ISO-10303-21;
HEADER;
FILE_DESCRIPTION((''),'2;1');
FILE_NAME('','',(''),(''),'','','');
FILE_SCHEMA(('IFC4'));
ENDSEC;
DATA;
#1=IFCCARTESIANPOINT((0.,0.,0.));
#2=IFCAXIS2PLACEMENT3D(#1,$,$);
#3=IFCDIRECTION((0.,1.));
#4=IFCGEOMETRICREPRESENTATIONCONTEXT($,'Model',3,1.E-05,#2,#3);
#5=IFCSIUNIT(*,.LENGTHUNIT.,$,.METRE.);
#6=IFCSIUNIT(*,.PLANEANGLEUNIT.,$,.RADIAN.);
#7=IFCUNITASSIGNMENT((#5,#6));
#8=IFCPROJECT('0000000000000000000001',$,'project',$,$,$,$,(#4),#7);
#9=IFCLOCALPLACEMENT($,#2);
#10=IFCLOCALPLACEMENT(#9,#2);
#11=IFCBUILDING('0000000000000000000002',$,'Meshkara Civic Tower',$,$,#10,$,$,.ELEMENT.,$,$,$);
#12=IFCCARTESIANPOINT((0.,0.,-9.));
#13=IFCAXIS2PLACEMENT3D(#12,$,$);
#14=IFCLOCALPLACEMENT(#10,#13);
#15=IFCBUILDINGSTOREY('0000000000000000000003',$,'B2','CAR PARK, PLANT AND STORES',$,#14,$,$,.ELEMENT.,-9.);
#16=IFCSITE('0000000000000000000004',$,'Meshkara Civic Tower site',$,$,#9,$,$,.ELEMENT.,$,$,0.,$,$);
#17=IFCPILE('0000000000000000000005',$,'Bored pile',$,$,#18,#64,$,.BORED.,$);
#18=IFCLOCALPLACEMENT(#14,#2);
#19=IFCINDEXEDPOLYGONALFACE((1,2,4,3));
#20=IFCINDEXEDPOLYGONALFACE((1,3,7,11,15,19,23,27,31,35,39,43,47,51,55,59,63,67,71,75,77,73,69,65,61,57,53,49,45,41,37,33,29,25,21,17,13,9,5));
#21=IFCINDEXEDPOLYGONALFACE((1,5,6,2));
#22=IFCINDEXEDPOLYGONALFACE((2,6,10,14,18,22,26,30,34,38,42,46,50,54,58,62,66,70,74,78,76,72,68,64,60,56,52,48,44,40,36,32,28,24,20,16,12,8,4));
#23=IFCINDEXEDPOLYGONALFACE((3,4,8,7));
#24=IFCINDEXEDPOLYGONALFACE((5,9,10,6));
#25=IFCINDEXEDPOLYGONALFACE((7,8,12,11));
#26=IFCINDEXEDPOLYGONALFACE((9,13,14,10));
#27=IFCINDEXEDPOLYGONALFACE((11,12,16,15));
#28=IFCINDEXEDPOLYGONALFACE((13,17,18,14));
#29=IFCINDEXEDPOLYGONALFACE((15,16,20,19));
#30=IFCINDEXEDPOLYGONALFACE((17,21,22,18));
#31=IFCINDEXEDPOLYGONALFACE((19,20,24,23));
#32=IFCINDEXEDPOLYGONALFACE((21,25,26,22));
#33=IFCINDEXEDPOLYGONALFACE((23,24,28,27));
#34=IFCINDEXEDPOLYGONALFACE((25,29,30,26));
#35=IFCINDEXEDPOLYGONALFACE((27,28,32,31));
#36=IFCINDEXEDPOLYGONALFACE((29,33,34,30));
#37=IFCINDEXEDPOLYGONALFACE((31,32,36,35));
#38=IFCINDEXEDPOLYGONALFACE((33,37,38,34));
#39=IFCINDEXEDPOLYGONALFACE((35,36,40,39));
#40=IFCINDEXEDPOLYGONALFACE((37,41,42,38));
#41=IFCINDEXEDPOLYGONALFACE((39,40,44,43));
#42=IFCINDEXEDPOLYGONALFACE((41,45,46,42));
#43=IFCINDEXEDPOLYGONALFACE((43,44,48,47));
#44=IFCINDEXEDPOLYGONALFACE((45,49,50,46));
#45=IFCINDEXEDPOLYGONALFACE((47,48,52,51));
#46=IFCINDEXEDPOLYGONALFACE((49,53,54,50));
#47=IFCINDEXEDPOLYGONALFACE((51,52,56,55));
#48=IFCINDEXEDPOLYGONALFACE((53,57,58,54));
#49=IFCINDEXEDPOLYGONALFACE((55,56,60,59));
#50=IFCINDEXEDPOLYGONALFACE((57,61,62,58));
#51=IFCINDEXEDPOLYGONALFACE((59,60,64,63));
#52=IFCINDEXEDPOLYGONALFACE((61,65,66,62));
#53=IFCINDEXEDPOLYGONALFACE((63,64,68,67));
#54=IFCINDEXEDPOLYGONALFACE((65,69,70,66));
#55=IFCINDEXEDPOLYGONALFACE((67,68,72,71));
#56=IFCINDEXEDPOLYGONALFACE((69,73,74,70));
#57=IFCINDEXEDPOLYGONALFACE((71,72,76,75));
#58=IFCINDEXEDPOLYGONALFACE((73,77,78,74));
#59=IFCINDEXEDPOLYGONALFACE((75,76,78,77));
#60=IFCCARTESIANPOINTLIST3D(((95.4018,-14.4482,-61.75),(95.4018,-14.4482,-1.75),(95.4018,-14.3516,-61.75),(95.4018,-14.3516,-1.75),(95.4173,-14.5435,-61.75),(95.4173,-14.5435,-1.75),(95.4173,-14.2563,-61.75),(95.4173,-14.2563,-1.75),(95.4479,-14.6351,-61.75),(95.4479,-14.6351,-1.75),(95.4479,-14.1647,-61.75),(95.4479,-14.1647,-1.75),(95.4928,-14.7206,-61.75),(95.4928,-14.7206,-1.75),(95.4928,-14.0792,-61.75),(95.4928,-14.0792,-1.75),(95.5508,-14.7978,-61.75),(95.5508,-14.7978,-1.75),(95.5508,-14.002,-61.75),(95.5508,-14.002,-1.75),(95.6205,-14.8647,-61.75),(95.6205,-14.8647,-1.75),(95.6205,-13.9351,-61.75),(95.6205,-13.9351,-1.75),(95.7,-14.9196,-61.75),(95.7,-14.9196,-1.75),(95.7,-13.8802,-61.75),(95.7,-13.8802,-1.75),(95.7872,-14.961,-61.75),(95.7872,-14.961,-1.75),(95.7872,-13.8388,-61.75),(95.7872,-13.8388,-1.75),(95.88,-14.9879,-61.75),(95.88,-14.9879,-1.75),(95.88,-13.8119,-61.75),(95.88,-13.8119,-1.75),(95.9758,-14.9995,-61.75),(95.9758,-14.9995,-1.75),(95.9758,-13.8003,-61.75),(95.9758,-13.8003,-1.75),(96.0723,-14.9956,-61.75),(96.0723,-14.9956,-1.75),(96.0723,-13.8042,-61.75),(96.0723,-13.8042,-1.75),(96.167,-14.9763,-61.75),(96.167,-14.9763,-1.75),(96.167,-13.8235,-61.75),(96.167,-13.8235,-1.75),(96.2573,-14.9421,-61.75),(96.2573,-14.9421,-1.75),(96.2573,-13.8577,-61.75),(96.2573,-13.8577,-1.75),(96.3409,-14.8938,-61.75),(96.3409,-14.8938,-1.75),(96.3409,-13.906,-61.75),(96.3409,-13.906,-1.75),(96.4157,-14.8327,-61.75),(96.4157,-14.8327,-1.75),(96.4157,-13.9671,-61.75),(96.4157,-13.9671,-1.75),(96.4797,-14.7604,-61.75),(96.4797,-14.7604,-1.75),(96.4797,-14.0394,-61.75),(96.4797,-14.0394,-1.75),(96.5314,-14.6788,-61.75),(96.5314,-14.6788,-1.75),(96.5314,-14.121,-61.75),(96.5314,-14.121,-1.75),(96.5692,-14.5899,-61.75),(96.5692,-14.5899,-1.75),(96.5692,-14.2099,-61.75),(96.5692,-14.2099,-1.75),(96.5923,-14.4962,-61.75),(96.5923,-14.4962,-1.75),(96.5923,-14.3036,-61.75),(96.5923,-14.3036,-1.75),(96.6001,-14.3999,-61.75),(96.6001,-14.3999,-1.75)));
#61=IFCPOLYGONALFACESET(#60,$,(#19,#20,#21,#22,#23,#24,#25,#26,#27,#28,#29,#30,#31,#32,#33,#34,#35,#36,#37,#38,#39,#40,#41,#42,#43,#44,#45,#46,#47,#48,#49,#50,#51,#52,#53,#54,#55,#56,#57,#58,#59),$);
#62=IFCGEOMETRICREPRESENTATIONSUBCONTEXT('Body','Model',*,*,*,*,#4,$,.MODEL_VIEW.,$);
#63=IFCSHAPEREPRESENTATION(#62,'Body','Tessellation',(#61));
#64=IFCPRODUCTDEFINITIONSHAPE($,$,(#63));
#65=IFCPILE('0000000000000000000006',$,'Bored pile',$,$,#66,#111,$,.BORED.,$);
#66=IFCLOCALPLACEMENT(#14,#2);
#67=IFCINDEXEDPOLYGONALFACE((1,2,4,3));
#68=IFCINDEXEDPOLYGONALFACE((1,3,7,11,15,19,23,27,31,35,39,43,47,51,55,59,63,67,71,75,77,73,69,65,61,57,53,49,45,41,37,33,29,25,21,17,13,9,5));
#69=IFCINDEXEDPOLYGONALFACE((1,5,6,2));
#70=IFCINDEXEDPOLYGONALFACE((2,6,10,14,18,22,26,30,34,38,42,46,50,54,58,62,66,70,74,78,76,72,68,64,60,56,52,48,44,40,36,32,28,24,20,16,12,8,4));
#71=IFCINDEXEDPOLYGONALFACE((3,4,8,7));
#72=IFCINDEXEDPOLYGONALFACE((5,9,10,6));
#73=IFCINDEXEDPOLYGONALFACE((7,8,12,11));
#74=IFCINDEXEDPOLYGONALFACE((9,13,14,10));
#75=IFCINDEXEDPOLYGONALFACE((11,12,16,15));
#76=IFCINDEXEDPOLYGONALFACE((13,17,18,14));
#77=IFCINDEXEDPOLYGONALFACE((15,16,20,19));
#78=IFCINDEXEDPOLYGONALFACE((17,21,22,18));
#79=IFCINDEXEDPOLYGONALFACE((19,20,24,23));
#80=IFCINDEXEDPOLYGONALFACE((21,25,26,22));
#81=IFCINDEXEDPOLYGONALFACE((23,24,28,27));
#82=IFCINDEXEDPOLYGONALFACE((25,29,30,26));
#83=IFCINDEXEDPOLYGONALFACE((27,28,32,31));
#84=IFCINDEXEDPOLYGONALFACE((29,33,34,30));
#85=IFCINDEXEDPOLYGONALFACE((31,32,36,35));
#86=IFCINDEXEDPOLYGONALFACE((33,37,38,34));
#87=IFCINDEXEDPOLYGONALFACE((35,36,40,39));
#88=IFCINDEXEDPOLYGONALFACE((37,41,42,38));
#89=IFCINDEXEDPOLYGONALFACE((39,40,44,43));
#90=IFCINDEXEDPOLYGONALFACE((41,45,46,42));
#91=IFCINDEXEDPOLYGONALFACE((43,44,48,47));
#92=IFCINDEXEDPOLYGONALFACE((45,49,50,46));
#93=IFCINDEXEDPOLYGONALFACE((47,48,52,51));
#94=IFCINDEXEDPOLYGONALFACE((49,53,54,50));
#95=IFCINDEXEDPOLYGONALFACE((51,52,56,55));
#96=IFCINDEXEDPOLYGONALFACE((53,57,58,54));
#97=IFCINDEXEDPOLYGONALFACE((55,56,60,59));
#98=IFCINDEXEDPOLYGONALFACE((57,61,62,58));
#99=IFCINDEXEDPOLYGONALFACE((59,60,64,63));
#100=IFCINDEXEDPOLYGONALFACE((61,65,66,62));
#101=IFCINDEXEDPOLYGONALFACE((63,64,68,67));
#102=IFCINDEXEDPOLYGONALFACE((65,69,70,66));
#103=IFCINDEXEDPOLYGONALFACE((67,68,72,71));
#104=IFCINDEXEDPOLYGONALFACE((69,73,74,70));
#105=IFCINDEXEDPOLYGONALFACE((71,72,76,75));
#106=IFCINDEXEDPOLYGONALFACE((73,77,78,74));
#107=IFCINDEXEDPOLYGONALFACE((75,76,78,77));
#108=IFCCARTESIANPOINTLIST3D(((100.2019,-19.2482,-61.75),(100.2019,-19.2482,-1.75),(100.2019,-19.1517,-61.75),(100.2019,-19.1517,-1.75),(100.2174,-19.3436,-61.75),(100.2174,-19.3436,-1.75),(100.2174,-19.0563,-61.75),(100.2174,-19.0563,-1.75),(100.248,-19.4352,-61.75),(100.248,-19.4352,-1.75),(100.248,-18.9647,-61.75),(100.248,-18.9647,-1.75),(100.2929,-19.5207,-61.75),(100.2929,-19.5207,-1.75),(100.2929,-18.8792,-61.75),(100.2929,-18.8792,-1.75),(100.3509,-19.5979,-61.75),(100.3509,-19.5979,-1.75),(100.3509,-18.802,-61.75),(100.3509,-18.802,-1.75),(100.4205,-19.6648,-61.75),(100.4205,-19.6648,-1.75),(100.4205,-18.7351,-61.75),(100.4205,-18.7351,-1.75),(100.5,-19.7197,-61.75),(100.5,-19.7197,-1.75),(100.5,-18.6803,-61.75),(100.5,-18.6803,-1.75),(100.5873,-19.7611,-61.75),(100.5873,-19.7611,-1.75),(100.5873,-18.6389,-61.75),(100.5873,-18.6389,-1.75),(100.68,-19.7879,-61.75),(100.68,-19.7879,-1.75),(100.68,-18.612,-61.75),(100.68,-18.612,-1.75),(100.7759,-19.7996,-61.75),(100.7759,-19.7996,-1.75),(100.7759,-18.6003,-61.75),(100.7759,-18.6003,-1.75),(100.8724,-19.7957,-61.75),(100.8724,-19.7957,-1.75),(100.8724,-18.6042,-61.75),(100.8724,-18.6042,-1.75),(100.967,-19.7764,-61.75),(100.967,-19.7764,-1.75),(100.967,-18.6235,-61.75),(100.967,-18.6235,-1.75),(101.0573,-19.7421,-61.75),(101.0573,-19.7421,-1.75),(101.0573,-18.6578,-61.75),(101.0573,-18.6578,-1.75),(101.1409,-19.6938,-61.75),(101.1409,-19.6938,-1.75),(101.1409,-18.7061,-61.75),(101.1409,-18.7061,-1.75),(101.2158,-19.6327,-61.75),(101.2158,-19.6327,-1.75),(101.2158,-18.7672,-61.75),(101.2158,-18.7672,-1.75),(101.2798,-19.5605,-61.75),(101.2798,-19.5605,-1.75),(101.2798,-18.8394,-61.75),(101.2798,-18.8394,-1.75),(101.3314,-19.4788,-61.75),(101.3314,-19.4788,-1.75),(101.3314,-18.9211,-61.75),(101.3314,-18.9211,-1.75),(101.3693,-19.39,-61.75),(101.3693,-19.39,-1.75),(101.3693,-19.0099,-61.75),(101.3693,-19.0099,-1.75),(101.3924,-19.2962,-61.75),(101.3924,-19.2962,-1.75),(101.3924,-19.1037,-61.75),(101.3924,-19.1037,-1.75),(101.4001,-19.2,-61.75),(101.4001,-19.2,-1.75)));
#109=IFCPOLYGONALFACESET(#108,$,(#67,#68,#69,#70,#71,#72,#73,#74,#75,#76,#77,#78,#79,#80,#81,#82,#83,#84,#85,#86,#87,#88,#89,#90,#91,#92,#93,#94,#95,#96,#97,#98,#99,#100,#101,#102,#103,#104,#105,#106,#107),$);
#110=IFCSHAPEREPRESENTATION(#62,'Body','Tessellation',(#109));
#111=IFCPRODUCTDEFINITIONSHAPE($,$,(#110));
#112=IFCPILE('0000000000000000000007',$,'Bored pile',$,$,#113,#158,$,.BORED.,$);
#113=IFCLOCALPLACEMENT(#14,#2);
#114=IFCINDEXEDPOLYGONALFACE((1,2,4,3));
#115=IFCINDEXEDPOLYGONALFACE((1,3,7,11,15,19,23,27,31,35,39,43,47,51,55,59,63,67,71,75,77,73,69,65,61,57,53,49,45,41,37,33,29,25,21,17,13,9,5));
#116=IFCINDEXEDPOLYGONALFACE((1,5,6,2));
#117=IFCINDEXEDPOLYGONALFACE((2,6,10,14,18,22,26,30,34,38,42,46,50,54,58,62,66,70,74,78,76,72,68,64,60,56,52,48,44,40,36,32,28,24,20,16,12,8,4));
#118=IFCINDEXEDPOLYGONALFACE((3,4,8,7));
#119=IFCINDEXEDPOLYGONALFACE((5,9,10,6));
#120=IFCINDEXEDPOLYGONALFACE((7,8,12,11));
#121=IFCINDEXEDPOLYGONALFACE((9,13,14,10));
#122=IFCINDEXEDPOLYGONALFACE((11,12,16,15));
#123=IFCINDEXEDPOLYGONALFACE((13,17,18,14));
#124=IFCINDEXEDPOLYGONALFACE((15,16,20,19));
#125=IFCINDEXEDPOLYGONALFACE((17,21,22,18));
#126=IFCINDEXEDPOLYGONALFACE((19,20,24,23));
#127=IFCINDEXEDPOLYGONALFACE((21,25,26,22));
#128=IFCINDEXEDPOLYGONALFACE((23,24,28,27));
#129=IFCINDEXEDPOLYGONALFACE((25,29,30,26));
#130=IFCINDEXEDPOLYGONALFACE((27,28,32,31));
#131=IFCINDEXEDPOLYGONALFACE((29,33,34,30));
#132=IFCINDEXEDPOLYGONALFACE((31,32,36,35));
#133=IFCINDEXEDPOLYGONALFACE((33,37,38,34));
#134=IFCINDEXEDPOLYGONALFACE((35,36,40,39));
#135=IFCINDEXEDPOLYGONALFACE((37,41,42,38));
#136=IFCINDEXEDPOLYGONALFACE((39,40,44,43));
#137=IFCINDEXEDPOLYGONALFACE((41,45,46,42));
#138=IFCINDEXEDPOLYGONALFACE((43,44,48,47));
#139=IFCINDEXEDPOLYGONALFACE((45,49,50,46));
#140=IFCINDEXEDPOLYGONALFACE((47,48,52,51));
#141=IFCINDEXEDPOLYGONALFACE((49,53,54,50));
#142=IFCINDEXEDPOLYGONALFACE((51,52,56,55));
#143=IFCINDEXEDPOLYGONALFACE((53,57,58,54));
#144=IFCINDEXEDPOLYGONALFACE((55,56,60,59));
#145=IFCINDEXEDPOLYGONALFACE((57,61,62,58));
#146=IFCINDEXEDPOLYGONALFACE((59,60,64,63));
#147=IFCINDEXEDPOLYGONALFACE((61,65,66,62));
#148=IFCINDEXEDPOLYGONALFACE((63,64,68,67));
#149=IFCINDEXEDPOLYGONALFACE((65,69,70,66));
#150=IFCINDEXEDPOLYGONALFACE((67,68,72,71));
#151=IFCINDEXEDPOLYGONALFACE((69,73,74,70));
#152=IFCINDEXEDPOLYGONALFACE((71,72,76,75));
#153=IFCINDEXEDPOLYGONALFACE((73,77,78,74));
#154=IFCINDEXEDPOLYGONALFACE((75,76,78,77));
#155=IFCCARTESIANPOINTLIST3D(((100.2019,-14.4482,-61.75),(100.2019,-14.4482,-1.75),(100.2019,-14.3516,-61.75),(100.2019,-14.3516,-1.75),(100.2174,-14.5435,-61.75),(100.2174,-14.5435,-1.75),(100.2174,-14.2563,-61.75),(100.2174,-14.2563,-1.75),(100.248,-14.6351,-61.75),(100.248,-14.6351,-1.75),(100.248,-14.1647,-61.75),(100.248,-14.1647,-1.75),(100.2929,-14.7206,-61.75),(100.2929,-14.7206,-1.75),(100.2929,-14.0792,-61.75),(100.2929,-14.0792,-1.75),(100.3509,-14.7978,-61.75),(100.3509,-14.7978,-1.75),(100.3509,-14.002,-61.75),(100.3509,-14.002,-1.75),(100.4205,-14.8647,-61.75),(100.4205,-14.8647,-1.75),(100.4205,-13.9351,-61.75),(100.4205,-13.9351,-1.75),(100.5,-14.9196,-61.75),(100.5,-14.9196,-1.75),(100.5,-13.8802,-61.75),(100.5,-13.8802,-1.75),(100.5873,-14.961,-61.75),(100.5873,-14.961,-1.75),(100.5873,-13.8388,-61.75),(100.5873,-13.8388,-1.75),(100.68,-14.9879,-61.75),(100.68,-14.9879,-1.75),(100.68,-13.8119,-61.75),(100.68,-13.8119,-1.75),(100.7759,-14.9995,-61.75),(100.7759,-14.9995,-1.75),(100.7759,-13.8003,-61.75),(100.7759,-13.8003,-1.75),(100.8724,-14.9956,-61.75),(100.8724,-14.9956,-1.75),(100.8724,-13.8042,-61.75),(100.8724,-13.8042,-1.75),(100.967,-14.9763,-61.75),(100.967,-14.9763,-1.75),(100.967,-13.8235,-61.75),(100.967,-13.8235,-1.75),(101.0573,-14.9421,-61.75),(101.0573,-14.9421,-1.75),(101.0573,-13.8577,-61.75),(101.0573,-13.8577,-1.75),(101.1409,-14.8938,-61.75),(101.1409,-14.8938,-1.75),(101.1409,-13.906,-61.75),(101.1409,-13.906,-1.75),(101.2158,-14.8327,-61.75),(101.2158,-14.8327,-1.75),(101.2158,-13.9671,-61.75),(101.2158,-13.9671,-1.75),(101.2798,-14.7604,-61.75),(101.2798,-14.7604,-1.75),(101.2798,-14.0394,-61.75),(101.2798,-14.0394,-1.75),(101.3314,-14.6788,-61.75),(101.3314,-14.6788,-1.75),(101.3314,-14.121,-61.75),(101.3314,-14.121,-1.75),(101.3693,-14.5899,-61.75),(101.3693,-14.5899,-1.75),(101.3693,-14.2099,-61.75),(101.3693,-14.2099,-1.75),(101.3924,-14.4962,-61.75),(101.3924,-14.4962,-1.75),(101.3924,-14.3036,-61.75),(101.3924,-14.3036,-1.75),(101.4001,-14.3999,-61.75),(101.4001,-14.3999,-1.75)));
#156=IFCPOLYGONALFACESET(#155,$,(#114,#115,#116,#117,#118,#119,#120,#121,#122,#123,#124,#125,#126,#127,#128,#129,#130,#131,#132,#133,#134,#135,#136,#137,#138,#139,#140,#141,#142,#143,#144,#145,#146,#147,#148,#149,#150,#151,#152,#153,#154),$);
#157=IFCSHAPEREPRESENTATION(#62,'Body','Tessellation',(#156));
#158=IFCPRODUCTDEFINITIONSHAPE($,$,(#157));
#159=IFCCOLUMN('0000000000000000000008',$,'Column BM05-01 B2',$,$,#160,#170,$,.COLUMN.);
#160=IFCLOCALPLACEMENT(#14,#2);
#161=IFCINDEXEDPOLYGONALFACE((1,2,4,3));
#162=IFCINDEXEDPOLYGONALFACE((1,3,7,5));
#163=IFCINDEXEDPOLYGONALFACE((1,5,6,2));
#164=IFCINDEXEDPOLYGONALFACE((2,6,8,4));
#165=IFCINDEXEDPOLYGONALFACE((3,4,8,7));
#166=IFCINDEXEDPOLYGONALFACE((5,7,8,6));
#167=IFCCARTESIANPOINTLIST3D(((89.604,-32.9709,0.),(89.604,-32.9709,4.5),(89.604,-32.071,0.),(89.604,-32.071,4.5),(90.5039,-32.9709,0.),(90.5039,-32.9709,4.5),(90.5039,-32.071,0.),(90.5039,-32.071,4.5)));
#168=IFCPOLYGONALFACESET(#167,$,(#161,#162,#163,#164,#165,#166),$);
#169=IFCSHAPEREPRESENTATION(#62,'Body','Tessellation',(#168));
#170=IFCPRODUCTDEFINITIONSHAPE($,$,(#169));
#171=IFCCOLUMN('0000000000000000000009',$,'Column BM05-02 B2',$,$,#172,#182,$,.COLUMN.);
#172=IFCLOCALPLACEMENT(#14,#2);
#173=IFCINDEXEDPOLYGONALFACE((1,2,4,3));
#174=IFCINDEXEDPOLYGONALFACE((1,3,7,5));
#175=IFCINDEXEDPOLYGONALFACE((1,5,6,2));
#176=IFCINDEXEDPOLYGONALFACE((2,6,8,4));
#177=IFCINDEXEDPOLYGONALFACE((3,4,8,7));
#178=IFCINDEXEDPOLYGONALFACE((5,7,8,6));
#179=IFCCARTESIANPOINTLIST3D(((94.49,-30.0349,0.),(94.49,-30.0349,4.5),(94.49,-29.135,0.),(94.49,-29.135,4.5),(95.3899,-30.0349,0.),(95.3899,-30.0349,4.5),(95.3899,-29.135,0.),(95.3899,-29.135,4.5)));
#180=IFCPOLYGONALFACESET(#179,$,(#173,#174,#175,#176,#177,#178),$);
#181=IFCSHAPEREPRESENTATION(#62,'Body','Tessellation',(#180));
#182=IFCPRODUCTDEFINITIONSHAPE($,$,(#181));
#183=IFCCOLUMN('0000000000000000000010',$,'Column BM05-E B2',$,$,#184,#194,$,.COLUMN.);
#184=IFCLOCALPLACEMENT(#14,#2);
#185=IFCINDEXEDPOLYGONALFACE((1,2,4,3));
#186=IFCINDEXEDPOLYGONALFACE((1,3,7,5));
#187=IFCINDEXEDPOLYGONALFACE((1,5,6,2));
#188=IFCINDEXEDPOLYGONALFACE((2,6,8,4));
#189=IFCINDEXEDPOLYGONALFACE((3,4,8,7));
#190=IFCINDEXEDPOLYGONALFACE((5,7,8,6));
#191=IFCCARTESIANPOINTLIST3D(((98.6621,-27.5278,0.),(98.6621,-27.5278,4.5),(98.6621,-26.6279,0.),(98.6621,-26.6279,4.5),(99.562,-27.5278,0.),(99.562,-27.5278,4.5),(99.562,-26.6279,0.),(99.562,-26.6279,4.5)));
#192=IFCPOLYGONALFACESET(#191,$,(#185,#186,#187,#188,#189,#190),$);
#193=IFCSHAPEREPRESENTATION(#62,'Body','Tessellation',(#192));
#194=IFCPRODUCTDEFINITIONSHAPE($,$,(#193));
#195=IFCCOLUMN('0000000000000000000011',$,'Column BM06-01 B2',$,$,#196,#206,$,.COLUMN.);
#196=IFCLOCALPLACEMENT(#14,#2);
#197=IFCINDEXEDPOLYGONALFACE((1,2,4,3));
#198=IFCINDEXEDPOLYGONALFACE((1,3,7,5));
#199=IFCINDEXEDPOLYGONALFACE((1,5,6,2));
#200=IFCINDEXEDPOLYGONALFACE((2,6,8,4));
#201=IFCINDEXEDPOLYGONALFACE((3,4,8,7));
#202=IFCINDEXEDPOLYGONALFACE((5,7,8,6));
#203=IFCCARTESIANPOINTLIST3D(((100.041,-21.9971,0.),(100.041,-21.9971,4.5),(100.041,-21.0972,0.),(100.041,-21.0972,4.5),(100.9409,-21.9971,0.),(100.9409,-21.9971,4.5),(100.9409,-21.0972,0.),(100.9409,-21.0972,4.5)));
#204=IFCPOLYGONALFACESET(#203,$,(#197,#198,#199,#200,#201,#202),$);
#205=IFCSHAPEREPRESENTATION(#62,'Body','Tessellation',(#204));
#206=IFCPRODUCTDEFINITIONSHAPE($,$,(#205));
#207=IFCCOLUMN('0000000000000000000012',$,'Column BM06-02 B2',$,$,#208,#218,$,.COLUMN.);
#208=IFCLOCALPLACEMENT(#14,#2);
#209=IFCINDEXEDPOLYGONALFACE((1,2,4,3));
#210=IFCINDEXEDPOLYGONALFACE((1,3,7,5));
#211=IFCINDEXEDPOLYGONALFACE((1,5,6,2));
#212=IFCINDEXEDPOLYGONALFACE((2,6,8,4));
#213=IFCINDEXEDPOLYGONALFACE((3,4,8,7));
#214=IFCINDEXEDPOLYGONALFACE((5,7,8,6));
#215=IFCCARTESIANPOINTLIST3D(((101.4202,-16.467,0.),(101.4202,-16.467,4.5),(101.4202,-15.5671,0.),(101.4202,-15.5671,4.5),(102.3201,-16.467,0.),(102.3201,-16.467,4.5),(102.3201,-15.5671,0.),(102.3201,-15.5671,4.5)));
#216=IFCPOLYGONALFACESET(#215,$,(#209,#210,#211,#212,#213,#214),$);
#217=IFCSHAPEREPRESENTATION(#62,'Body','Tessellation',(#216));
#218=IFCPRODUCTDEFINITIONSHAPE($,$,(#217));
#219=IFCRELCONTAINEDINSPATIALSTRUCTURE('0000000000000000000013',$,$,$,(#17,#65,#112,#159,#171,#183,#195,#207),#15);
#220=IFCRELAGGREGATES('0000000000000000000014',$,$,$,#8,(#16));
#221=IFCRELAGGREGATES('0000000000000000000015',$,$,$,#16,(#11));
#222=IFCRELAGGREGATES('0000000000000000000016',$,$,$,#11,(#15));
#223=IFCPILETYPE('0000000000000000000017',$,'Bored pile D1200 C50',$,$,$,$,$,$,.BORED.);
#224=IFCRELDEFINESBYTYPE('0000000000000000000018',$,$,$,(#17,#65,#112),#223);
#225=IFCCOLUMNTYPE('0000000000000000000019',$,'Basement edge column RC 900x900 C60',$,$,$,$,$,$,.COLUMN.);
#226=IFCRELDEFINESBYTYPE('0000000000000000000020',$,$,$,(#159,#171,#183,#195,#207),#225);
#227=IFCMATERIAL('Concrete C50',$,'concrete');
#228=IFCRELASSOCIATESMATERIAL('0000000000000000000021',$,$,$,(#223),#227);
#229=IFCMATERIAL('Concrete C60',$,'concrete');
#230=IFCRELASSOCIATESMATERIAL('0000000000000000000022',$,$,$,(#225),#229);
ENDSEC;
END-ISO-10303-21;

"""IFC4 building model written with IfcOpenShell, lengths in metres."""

from ifc_helpers import new_model, si_unit, direction, frame, origin, origin_2d, place, context, subcontext, project, spatial, rectangle, circle, extrude, material, material_profile, profile_set, type_object, element, save


model = new_model("IFC4")

# Units and contexts
model_context = context("Model", 3, precision=1e-05, world=origin(), true_north=direction((0.0, 1.0)))
body_context = subcontext(model_context, "Body", "Model", "MODEL_VIEW")
ifc_project = project(units=[si_unit("LENGTHUNIT", "METRE"), si_unit("PLANEANGLEUNIT", "RADIAN")], contexts=[model_context])

# Site, building, storey
site_placement = place(None, origin())
site = spatial("IfcSite", under=ifc_project, at=site_placement, Name="Meshkara Civic Tower site", CompositionType="ELEMENT", RefElevation=0.0)
building_placement = place(site_placement, origin())
building = spatial("IfcBuilding", under=site, at=building_placement, Name="Meshkara Civic Tower", CompositionType="ELEMENT")
storey_placement = place(building_placement, frame((0.0, 0.0, -9.0)))
storey = spatial("IfcBuildingStorey", under=building, at=storey_placement, Name="B2", Description="CAR PARK, PLANT AND STORES", CompositionType="ELEMENT", Elevation=-9.0)

# Piles
ifc_material_1 = material(Name="Concrete C50", Category="concrete")
ifc_material_profile_1 = material_profile(ifc_material_1, circle(Radius=0.6001, at=origin_2d()))
ifc_profile_set_1 = profile_set([ifc_material_profile_1], Name="Concrete C50")
pile_type = type_object("IfcPileType", Name="Bored pile D1200 C50", PredefinedType="BORED", material=ifc_profile_set_1)
for number, where, z_axis, x_axis, name in (
    (1, (96.0, -14.3999, -1.75), (0.0, 0.0, -1.0), (1.0, 0.0, 0.0), "Bored pile"),
    (2, (100.8, -19.2, -1.75), (0.0, 0.0, -1.0), (1.0, 0.0, 0.0), "Bored pile"),
    (3, (100.8, -14.3999, -1.75), (0.0, 0.0, -1.0), (1.0, 0.0, 0.0), "Bored pile"),
):
    element("IfcPile", number, at=place(storey_placement, frame(where, z_axis=z_axis, x_axis=x_axis)), inside=storey, type_object=pile_type, Name=name, PredefinedType="BORED", context=body_context, shape_type="SweptSolid", body=[
        extrude(circle(Radius=0.6001, at=origin_2d()), origin(), (0.0, 0.0, 1.0), 60.0),
    ])

# Columns
ifc_material_2 = material(Name="Concrete C60", Category="concrete")
ifc_material_profile_2 = material_profile(ifc_material_2, rectangle(XDim=0.8999, YDim=0.8999, at=origin_2d()))
ifc_profile_set_2 = profile_set([ifc_material_profile_2], Name="Concrete C60")
column_type_1 = type_object("IfcColumnType", Name="Basement edge column RC 900x900 C60", PredefinedType="COLUMN", material=ifc_profile_set_2)
for number, where, z_axis, x_axis, name in (
    (4, (90.054, -32.521, 0.0), (0.0, 0.0, 1.0), (1.0, 0.0, 0.0), "Column BM05-01 B2"),
    (5, (94.9399, -29.585, 0.0), (0.0, 0.0, 1.0), (1.0, 0.0, 0.0), "Column BM05-02 B2"),
    (6, (99.1121, -27.0779, 0.0), (0.0, 0.0, 1.0), (1.0, 0.0, 0.0), "Column BM05-E B2"),
    (7, (100.491, -21.5471, 0.0), (0.0, 0.0, 1.0), (1.0, 0.0, 0.0), "Column BM06-01 B2"),
    (8, (101.8701, -16.0171, 0.0), (0.0, 0.0, 1.0), (1.0, 0.0, 0.0), "Column BM06-02 B2"),
):
    element("IfcColumn", number, at=place(storey_placement, frame(where, z_axis=z_axis, x_axis=x_axis)), inside=storey, type_object=column_type_1, Name=name, PredefinedType="COLUMN", context=body_context, shape_type="SweptSolid", body=[
        extrude(rectangle(XDim=0.8999, YDim=0.8999, at=origin_2d()), origin(), (0.0, 0.0, 1.0), 4.5),
    ])

save(model, "model.ifc")
